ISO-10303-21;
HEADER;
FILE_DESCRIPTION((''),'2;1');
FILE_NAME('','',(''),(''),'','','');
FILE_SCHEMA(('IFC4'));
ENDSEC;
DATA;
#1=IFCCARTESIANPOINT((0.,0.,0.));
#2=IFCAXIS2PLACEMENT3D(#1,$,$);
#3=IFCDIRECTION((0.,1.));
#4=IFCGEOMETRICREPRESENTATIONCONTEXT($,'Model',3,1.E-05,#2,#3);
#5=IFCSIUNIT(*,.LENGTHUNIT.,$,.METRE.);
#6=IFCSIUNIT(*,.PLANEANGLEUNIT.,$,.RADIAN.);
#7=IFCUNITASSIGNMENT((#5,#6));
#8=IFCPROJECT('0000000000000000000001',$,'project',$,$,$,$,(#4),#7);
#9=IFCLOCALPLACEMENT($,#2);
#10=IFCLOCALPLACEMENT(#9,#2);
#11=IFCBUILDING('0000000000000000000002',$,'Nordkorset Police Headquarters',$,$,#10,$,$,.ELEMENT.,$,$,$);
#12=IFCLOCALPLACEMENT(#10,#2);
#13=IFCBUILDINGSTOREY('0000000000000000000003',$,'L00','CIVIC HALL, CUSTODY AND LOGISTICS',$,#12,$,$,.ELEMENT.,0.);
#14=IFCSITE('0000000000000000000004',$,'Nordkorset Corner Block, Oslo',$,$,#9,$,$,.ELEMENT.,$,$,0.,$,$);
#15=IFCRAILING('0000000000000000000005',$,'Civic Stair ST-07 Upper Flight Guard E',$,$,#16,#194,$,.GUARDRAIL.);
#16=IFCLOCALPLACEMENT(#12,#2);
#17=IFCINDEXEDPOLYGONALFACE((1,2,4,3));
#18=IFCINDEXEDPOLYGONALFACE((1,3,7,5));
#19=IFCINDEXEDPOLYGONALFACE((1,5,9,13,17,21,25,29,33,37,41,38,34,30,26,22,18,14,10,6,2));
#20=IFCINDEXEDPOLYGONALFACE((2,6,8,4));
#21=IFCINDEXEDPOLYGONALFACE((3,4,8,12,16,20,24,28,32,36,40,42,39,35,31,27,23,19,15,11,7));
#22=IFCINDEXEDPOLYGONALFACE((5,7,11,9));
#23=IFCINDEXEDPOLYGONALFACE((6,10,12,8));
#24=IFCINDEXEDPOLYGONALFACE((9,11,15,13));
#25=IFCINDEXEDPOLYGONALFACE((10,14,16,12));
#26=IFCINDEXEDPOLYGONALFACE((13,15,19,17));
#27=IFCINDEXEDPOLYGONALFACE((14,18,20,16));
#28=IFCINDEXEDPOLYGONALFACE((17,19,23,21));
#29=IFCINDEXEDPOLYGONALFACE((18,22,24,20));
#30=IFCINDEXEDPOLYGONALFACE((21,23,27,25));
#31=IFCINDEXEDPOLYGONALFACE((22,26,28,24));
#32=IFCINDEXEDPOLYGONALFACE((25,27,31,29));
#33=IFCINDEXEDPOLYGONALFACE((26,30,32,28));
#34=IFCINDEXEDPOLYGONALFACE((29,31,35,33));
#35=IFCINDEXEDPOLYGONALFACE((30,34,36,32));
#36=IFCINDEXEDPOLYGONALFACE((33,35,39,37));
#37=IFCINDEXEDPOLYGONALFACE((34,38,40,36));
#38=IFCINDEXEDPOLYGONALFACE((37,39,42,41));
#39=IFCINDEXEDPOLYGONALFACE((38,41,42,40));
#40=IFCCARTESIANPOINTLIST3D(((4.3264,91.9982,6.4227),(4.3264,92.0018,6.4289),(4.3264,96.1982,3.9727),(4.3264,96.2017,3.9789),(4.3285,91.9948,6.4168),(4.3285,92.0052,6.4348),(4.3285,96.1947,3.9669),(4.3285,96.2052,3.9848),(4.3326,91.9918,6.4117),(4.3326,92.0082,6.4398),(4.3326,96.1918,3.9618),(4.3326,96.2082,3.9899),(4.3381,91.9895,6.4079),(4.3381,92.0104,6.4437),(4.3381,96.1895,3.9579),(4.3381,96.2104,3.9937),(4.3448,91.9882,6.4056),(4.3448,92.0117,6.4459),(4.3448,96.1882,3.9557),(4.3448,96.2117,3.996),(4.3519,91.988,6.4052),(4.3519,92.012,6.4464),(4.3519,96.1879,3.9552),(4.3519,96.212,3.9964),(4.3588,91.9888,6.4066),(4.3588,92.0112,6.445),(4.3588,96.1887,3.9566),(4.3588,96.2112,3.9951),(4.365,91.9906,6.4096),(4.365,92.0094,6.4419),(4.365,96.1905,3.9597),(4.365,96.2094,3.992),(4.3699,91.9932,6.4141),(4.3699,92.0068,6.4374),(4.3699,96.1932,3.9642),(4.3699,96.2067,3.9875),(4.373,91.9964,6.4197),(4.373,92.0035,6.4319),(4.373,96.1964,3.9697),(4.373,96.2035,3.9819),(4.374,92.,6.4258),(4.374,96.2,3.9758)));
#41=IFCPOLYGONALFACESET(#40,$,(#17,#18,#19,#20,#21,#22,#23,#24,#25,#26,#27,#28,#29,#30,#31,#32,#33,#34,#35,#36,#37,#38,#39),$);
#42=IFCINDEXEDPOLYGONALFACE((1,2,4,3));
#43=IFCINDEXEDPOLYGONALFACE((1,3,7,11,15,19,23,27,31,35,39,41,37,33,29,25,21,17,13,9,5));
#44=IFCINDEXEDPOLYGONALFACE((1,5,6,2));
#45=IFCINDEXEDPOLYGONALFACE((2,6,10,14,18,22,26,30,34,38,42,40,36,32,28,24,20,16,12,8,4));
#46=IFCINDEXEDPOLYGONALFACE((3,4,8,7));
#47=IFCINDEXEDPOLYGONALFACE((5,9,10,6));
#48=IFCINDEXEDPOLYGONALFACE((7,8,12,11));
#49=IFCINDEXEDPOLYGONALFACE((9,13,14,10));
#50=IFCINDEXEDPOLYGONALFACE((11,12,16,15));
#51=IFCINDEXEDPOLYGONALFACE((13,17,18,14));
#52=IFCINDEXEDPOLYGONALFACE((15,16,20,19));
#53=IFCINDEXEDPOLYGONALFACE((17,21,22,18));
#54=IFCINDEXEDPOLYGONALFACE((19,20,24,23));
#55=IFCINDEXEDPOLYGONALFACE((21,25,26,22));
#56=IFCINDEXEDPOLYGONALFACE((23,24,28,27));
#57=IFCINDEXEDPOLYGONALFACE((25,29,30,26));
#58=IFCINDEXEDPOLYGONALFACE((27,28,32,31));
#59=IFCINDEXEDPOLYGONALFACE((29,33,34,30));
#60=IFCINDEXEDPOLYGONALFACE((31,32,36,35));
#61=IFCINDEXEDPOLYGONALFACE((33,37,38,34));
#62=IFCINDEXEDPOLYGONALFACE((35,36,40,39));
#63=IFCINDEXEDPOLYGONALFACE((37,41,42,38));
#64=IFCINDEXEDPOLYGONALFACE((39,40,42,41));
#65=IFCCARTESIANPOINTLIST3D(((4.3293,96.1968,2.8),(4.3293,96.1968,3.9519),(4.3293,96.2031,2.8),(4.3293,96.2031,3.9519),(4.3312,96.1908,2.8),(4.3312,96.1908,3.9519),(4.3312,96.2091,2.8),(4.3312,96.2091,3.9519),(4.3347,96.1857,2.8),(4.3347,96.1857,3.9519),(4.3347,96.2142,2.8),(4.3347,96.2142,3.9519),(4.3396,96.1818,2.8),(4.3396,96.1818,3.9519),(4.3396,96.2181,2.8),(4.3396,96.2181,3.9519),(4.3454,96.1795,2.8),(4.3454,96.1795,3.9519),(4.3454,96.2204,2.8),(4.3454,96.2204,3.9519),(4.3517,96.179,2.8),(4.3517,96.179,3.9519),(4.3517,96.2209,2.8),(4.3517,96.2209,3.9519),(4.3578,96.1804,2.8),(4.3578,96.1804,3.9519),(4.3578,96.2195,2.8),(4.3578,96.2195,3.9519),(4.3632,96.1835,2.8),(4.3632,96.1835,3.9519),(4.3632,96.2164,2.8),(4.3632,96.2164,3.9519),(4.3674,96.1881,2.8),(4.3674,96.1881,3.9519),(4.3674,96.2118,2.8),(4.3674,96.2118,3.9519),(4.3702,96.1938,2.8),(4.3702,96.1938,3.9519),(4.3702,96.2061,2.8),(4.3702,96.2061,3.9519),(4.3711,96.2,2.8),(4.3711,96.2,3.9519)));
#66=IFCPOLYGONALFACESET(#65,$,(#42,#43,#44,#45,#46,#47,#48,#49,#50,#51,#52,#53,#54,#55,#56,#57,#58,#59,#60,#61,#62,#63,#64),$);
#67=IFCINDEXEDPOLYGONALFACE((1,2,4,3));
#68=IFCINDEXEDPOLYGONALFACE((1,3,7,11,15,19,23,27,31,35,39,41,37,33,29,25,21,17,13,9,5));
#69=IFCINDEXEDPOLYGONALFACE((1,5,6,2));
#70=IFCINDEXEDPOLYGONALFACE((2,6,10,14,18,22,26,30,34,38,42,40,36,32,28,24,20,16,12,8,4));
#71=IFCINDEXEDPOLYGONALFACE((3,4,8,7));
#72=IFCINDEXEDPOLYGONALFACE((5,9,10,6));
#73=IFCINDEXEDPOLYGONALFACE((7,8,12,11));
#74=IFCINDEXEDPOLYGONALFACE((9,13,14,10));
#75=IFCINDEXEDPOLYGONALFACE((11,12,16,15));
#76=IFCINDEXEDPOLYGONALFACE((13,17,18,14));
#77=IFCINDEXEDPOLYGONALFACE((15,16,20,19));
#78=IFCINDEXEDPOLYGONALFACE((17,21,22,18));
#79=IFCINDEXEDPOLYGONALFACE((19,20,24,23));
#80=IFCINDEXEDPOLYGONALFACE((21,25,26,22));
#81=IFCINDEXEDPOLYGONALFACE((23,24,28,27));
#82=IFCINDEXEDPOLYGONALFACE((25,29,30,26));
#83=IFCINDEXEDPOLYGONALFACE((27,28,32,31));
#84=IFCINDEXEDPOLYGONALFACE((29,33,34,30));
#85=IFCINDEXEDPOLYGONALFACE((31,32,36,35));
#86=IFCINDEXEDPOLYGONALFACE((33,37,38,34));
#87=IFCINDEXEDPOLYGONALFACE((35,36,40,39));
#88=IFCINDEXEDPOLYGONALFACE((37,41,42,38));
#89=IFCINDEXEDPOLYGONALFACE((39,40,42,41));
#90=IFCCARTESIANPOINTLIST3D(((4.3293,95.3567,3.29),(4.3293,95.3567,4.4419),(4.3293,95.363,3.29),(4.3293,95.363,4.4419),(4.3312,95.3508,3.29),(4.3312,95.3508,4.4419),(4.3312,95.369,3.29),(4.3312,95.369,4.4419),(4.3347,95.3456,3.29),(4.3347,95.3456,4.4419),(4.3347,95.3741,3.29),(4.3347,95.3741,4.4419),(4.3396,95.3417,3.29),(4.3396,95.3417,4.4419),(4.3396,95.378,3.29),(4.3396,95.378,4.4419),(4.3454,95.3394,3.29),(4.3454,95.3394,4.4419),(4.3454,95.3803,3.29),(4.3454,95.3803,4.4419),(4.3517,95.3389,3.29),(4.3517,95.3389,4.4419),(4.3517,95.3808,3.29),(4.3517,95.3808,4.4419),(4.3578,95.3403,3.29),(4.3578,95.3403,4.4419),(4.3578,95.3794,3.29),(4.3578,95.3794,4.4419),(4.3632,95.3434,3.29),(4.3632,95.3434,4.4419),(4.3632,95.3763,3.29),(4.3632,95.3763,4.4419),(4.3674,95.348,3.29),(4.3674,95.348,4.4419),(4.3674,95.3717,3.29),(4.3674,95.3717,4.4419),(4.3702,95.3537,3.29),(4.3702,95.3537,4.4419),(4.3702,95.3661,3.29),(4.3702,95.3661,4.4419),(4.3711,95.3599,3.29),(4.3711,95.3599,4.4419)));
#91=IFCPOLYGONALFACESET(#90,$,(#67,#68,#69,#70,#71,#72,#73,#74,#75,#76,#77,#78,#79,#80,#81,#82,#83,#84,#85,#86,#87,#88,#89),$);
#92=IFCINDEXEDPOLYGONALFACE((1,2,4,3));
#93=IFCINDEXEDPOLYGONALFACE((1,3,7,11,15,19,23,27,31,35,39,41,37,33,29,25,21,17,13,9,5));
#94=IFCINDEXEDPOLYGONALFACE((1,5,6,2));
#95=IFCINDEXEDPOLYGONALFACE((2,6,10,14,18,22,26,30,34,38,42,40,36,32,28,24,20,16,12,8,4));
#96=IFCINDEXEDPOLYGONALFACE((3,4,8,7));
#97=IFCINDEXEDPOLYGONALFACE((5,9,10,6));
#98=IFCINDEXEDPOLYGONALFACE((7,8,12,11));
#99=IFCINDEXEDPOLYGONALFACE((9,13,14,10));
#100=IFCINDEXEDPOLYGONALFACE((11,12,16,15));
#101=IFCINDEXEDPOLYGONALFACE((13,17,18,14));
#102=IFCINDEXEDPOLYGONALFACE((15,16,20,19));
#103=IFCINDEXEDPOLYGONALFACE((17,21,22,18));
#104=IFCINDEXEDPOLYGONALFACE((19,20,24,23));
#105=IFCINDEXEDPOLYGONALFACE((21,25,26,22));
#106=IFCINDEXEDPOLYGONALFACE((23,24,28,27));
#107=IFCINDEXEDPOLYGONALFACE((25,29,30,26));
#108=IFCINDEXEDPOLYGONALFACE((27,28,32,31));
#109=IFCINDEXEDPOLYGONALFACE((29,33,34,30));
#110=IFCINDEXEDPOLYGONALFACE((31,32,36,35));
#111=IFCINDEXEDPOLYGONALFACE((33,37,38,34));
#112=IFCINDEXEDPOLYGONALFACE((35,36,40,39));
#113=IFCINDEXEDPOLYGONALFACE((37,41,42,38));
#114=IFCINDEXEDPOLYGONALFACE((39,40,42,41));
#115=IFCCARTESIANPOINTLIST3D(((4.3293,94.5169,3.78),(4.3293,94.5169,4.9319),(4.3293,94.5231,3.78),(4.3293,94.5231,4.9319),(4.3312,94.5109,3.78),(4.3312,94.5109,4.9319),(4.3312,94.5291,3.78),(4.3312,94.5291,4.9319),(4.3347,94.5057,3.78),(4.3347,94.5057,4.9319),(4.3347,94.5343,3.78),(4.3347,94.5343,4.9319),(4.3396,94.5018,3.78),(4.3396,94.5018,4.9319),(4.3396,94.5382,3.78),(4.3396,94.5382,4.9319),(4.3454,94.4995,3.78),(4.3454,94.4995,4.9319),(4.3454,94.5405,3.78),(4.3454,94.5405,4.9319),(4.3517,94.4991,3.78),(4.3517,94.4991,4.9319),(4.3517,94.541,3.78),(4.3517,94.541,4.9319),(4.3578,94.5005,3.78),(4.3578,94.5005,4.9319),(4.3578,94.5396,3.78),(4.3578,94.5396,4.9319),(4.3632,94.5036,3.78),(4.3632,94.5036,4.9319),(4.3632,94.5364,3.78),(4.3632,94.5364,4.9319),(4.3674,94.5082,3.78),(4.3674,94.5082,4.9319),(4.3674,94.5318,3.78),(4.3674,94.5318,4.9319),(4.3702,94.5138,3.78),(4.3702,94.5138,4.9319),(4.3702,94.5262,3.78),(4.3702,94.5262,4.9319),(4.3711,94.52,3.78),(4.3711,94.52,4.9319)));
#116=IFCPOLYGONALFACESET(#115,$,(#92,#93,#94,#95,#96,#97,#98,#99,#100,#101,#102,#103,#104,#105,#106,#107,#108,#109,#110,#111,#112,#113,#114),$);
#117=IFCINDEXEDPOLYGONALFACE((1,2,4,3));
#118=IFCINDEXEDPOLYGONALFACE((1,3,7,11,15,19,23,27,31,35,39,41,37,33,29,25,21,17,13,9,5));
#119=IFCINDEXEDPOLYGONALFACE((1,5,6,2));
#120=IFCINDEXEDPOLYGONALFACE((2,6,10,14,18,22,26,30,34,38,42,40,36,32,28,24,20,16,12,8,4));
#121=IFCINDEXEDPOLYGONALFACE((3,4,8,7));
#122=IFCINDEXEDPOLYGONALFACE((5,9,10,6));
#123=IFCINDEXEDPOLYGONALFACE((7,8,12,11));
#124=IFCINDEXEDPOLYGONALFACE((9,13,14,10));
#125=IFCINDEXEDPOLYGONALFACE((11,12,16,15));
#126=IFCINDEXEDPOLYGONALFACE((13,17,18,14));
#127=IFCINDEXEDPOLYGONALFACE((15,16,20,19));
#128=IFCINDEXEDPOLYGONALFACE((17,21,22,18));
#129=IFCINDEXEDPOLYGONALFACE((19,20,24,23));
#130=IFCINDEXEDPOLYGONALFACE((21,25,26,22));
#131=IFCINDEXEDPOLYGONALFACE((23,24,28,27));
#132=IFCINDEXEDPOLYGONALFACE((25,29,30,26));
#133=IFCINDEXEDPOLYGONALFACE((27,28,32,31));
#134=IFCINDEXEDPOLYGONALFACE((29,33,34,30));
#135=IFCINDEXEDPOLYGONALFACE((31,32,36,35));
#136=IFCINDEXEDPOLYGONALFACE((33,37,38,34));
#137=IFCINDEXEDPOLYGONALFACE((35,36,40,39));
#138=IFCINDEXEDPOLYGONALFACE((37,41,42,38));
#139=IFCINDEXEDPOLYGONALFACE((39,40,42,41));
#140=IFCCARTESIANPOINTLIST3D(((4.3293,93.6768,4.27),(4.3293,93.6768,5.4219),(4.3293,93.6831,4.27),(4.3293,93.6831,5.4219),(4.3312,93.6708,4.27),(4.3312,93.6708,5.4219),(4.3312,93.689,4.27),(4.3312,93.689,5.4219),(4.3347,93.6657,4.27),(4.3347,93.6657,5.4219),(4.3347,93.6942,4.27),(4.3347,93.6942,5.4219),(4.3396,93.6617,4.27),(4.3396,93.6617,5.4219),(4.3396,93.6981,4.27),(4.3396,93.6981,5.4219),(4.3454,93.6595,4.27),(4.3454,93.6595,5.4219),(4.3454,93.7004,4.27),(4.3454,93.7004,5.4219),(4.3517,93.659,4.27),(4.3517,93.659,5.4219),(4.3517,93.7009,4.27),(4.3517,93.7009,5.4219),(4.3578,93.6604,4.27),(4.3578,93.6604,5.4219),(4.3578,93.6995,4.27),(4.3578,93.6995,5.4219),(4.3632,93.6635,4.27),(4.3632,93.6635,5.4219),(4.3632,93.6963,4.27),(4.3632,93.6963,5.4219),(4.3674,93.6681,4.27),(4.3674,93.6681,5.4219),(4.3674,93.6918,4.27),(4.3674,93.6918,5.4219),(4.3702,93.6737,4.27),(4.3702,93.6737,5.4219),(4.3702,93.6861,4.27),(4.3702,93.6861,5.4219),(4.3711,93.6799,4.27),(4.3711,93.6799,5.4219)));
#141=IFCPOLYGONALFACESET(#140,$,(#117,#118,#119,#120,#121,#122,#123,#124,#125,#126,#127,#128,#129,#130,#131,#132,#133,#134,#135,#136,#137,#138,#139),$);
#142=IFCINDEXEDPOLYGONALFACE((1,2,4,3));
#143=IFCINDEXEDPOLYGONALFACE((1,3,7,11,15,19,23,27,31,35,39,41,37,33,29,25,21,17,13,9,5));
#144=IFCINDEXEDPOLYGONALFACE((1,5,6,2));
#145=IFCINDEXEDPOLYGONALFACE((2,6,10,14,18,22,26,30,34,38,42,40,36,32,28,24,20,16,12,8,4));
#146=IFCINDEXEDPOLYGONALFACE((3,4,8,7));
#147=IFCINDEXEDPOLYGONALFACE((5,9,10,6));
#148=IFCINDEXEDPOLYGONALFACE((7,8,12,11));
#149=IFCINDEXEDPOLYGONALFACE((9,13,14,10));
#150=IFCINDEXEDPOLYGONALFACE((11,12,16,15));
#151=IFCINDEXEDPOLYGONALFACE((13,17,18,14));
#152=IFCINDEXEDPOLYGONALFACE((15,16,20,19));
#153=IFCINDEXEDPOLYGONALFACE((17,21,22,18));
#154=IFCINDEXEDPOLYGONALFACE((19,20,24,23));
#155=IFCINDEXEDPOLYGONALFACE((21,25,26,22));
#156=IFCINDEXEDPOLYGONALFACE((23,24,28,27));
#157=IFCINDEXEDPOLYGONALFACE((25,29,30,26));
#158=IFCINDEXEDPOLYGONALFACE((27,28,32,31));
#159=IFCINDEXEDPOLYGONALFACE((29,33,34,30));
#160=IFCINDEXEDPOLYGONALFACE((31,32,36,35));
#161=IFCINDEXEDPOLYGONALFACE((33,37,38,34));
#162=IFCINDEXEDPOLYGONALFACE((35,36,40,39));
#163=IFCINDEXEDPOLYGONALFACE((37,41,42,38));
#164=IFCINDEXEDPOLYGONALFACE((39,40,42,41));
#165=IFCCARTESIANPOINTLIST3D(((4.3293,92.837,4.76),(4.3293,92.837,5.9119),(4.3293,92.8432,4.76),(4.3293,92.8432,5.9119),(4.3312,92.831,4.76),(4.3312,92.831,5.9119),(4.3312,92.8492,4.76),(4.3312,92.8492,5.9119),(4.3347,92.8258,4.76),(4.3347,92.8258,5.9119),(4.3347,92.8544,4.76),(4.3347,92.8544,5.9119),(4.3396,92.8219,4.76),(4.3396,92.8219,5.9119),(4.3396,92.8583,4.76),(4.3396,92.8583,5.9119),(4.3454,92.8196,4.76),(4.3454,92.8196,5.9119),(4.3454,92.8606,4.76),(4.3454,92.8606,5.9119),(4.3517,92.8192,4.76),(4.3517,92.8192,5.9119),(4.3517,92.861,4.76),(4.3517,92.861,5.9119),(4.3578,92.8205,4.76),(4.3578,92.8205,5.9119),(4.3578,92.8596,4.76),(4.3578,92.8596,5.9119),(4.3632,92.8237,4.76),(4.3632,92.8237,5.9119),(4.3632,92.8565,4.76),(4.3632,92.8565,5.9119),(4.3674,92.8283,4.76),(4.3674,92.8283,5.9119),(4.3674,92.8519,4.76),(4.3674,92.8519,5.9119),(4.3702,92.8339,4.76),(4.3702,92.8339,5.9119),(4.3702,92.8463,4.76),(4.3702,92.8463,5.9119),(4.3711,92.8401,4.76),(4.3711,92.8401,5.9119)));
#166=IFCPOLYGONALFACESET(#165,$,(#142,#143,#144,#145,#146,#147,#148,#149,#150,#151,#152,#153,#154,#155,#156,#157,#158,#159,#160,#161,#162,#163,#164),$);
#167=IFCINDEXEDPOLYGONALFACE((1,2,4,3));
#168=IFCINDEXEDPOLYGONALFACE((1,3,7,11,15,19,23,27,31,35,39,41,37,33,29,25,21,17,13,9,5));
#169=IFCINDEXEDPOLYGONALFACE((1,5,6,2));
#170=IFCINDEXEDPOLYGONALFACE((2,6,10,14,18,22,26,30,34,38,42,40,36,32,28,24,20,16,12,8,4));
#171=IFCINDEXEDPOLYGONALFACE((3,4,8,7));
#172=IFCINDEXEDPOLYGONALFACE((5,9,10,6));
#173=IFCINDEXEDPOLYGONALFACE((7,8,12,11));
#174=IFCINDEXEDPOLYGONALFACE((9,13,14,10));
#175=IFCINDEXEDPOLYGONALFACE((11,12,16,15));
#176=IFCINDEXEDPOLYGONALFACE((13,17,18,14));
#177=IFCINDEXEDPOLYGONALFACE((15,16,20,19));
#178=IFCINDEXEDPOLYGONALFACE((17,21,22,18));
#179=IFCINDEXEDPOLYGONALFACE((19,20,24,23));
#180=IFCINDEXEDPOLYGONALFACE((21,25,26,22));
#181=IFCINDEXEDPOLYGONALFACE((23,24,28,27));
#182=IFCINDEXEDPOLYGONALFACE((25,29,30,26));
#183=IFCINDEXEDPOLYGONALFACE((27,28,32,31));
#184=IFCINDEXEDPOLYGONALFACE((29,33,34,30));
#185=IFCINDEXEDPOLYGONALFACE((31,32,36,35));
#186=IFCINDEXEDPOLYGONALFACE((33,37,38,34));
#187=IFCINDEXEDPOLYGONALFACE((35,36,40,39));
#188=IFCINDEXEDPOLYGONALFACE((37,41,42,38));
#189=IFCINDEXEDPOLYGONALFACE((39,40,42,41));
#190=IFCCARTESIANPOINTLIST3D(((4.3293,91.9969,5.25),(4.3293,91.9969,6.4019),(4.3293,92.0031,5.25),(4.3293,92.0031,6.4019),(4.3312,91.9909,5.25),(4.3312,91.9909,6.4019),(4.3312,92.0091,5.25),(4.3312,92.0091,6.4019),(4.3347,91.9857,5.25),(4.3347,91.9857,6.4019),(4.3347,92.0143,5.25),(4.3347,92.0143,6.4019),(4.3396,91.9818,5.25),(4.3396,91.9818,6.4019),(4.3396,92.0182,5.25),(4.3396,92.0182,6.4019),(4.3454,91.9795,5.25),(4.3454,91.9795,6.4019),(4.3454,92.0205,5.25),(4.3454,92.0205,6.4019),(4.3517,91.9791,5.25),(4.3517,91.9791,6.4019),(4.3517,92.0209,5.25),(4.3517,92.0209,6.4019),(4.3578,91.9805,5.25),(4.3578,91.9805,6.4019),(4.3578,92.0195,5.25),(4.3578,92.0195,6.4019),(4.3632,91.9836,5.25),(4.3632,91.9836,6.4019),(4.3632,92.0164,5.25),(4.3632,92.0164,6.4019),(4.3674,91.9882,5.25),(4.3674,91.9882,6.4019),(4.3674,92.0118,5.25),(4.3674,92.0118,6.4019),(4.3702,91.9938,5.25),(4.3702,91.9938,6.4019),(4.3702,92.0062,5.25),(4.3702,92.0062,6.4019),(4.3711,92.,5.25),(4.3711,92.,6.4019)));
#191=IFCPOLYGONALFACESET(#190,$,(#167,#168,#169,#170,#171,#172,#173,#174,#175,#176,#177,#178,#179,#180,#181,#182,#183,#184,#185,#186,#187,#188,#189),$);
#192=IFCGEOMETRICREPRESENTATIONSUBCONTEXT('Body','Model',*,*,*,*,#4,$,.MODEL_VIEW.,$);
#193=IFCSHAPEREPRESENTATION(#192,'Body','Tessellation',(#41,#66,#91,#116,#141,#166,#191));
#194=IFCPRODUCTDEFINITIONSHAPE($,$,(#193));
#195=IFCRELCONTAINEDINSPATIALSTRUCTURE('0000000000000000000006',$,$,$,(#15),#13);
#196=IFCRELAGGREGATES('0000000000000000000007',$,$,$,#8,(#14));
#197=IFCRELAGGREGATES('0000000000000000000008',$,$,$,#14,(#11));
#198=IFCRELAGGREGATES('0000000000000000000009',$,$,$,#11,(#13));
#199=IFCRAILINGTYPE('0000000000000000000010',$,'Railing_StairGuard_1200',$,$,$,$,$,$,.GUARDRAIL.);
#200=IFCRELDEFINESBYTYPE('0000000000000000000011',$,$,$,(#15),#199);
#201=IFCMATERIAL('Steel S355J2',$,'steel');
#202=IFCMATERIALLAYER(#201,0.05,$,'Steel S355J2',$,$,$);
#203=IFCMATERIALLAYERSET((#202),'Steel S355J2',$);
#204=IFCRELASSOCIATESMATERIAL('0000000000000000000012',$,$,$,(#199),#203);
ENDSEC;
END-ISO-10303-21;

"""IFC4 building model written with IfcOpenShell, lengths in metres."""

from ifc_helpers import new_model, si_unit, direction, frame, origin, origin_2d, place, context, subcontext, project, spatial, circle, extrude, material, layer, layer_set, type_object, element, save


model = new_model("IFC4")

# Units and contexts
model_context = context("Model", 3, precision=1e-05, world=origin(), true_north=direction((0.0, 1.0)))
body_context = subcontext(model_context, "Body", "Model", "MODEL_VIEW")
ifc_project = project(units=[si_unit("LENGTHUNIT", "METRE"), si_unit("PLANEANGLEUNIT", "RADIAN")], contexts=[model_context])

# Site, building, storey
site_placement = place(None, origin())
site = spatial("IfcSite", under=ifc_project, at=site_placement, Name="Nordkorset Corner Block, Oslo", CompositionType="ELEMENT", RefElevation=0.0)
building_placement = place(site_placement, origin())
building = spatial("IfcBuilding", under=site, at=building_placement, Name="Nordkorset Police Headquarters", CompositionType="ELEMENT")
storey_placement = place(building_placement, origin())
storey = spatial("IfcBuildingStorey", under=building, at=storey_placement, Name="L00", Description="CIVIC HALL, CUSTODY AND LOGISTICS", CompositionType="ELEMENT", Elevation=0.0)

# Railing
ifc_material_1 = material(Name="Steel S355J2", Category="steel")
ifc_layer_1 = layer(ifc_material_1, 0.05, Name="Steel S355J2")
ifc_layer_set_1 = layer_set([ifc_layer_1], Name="Steel S355J2")
railing_type_1 = type_object("IfcRailingType", Name="Railing_StairGuard_1200", PredefinedType="GUARDRAIL", material=ifc_layer_set_1)
for number, where, name in (
    (1, (4.3501, 96.2, 2.8), "Civic Stair ST-07 Upper Flight Guard E"),
):
    element("IfcRailing", number, at=place(storey_placement, frame(where)), inside=storey, type_object=railing_type_1, Name=name, PredefinedType="GUARDRAIL", context=body_context, shape_type="SweptSolid", body=[
        extrude(circle(Radius=0.0239, at=origin_2d()), frame((0.0, 0.0, 1.1758), z_axis=(0.0, -0.863781, 0.503868), x_axis=(1.0, 0.0, 0.0)), (0.0, 0.0, 1.0), 4.8623),
        extrude(circle(Radius=0.021, at=origin_2d()), origin(), (0.0, 0.0, 1.0), 1.1519),
        extrude(circle(Radius=0.021, at=origin_2d()), frame((0.0, -0.8401, 0.49)), (0.0, 0.0, 1.0), 1.1519),
        extrude(circle(Radius=0.021, at=origin_2d()), frame((0.0, -1.6799, 0.98)), (0.0, 0.0, 1.0), 1.1519),
        extrude(circle(Radius=0.021, at=origin_2d()), frame((0.0, -2.52, 1.47)), (0.0, 0.0, 1.0), 1.1519),
        extrude(circle(Radius=0.021, at=origin_2d()), frame((0.0, -3.3599, 1.96)), (0.0, 0.0, 1.0), 1.1519),
        extrude(circle(Radius=0.021, at=origin_2d()), frame((0.0, -4.2, 2.45)), (0.0, 0.0, 1.0), 1.1519),
    ])

save(model, "model.ifc")
